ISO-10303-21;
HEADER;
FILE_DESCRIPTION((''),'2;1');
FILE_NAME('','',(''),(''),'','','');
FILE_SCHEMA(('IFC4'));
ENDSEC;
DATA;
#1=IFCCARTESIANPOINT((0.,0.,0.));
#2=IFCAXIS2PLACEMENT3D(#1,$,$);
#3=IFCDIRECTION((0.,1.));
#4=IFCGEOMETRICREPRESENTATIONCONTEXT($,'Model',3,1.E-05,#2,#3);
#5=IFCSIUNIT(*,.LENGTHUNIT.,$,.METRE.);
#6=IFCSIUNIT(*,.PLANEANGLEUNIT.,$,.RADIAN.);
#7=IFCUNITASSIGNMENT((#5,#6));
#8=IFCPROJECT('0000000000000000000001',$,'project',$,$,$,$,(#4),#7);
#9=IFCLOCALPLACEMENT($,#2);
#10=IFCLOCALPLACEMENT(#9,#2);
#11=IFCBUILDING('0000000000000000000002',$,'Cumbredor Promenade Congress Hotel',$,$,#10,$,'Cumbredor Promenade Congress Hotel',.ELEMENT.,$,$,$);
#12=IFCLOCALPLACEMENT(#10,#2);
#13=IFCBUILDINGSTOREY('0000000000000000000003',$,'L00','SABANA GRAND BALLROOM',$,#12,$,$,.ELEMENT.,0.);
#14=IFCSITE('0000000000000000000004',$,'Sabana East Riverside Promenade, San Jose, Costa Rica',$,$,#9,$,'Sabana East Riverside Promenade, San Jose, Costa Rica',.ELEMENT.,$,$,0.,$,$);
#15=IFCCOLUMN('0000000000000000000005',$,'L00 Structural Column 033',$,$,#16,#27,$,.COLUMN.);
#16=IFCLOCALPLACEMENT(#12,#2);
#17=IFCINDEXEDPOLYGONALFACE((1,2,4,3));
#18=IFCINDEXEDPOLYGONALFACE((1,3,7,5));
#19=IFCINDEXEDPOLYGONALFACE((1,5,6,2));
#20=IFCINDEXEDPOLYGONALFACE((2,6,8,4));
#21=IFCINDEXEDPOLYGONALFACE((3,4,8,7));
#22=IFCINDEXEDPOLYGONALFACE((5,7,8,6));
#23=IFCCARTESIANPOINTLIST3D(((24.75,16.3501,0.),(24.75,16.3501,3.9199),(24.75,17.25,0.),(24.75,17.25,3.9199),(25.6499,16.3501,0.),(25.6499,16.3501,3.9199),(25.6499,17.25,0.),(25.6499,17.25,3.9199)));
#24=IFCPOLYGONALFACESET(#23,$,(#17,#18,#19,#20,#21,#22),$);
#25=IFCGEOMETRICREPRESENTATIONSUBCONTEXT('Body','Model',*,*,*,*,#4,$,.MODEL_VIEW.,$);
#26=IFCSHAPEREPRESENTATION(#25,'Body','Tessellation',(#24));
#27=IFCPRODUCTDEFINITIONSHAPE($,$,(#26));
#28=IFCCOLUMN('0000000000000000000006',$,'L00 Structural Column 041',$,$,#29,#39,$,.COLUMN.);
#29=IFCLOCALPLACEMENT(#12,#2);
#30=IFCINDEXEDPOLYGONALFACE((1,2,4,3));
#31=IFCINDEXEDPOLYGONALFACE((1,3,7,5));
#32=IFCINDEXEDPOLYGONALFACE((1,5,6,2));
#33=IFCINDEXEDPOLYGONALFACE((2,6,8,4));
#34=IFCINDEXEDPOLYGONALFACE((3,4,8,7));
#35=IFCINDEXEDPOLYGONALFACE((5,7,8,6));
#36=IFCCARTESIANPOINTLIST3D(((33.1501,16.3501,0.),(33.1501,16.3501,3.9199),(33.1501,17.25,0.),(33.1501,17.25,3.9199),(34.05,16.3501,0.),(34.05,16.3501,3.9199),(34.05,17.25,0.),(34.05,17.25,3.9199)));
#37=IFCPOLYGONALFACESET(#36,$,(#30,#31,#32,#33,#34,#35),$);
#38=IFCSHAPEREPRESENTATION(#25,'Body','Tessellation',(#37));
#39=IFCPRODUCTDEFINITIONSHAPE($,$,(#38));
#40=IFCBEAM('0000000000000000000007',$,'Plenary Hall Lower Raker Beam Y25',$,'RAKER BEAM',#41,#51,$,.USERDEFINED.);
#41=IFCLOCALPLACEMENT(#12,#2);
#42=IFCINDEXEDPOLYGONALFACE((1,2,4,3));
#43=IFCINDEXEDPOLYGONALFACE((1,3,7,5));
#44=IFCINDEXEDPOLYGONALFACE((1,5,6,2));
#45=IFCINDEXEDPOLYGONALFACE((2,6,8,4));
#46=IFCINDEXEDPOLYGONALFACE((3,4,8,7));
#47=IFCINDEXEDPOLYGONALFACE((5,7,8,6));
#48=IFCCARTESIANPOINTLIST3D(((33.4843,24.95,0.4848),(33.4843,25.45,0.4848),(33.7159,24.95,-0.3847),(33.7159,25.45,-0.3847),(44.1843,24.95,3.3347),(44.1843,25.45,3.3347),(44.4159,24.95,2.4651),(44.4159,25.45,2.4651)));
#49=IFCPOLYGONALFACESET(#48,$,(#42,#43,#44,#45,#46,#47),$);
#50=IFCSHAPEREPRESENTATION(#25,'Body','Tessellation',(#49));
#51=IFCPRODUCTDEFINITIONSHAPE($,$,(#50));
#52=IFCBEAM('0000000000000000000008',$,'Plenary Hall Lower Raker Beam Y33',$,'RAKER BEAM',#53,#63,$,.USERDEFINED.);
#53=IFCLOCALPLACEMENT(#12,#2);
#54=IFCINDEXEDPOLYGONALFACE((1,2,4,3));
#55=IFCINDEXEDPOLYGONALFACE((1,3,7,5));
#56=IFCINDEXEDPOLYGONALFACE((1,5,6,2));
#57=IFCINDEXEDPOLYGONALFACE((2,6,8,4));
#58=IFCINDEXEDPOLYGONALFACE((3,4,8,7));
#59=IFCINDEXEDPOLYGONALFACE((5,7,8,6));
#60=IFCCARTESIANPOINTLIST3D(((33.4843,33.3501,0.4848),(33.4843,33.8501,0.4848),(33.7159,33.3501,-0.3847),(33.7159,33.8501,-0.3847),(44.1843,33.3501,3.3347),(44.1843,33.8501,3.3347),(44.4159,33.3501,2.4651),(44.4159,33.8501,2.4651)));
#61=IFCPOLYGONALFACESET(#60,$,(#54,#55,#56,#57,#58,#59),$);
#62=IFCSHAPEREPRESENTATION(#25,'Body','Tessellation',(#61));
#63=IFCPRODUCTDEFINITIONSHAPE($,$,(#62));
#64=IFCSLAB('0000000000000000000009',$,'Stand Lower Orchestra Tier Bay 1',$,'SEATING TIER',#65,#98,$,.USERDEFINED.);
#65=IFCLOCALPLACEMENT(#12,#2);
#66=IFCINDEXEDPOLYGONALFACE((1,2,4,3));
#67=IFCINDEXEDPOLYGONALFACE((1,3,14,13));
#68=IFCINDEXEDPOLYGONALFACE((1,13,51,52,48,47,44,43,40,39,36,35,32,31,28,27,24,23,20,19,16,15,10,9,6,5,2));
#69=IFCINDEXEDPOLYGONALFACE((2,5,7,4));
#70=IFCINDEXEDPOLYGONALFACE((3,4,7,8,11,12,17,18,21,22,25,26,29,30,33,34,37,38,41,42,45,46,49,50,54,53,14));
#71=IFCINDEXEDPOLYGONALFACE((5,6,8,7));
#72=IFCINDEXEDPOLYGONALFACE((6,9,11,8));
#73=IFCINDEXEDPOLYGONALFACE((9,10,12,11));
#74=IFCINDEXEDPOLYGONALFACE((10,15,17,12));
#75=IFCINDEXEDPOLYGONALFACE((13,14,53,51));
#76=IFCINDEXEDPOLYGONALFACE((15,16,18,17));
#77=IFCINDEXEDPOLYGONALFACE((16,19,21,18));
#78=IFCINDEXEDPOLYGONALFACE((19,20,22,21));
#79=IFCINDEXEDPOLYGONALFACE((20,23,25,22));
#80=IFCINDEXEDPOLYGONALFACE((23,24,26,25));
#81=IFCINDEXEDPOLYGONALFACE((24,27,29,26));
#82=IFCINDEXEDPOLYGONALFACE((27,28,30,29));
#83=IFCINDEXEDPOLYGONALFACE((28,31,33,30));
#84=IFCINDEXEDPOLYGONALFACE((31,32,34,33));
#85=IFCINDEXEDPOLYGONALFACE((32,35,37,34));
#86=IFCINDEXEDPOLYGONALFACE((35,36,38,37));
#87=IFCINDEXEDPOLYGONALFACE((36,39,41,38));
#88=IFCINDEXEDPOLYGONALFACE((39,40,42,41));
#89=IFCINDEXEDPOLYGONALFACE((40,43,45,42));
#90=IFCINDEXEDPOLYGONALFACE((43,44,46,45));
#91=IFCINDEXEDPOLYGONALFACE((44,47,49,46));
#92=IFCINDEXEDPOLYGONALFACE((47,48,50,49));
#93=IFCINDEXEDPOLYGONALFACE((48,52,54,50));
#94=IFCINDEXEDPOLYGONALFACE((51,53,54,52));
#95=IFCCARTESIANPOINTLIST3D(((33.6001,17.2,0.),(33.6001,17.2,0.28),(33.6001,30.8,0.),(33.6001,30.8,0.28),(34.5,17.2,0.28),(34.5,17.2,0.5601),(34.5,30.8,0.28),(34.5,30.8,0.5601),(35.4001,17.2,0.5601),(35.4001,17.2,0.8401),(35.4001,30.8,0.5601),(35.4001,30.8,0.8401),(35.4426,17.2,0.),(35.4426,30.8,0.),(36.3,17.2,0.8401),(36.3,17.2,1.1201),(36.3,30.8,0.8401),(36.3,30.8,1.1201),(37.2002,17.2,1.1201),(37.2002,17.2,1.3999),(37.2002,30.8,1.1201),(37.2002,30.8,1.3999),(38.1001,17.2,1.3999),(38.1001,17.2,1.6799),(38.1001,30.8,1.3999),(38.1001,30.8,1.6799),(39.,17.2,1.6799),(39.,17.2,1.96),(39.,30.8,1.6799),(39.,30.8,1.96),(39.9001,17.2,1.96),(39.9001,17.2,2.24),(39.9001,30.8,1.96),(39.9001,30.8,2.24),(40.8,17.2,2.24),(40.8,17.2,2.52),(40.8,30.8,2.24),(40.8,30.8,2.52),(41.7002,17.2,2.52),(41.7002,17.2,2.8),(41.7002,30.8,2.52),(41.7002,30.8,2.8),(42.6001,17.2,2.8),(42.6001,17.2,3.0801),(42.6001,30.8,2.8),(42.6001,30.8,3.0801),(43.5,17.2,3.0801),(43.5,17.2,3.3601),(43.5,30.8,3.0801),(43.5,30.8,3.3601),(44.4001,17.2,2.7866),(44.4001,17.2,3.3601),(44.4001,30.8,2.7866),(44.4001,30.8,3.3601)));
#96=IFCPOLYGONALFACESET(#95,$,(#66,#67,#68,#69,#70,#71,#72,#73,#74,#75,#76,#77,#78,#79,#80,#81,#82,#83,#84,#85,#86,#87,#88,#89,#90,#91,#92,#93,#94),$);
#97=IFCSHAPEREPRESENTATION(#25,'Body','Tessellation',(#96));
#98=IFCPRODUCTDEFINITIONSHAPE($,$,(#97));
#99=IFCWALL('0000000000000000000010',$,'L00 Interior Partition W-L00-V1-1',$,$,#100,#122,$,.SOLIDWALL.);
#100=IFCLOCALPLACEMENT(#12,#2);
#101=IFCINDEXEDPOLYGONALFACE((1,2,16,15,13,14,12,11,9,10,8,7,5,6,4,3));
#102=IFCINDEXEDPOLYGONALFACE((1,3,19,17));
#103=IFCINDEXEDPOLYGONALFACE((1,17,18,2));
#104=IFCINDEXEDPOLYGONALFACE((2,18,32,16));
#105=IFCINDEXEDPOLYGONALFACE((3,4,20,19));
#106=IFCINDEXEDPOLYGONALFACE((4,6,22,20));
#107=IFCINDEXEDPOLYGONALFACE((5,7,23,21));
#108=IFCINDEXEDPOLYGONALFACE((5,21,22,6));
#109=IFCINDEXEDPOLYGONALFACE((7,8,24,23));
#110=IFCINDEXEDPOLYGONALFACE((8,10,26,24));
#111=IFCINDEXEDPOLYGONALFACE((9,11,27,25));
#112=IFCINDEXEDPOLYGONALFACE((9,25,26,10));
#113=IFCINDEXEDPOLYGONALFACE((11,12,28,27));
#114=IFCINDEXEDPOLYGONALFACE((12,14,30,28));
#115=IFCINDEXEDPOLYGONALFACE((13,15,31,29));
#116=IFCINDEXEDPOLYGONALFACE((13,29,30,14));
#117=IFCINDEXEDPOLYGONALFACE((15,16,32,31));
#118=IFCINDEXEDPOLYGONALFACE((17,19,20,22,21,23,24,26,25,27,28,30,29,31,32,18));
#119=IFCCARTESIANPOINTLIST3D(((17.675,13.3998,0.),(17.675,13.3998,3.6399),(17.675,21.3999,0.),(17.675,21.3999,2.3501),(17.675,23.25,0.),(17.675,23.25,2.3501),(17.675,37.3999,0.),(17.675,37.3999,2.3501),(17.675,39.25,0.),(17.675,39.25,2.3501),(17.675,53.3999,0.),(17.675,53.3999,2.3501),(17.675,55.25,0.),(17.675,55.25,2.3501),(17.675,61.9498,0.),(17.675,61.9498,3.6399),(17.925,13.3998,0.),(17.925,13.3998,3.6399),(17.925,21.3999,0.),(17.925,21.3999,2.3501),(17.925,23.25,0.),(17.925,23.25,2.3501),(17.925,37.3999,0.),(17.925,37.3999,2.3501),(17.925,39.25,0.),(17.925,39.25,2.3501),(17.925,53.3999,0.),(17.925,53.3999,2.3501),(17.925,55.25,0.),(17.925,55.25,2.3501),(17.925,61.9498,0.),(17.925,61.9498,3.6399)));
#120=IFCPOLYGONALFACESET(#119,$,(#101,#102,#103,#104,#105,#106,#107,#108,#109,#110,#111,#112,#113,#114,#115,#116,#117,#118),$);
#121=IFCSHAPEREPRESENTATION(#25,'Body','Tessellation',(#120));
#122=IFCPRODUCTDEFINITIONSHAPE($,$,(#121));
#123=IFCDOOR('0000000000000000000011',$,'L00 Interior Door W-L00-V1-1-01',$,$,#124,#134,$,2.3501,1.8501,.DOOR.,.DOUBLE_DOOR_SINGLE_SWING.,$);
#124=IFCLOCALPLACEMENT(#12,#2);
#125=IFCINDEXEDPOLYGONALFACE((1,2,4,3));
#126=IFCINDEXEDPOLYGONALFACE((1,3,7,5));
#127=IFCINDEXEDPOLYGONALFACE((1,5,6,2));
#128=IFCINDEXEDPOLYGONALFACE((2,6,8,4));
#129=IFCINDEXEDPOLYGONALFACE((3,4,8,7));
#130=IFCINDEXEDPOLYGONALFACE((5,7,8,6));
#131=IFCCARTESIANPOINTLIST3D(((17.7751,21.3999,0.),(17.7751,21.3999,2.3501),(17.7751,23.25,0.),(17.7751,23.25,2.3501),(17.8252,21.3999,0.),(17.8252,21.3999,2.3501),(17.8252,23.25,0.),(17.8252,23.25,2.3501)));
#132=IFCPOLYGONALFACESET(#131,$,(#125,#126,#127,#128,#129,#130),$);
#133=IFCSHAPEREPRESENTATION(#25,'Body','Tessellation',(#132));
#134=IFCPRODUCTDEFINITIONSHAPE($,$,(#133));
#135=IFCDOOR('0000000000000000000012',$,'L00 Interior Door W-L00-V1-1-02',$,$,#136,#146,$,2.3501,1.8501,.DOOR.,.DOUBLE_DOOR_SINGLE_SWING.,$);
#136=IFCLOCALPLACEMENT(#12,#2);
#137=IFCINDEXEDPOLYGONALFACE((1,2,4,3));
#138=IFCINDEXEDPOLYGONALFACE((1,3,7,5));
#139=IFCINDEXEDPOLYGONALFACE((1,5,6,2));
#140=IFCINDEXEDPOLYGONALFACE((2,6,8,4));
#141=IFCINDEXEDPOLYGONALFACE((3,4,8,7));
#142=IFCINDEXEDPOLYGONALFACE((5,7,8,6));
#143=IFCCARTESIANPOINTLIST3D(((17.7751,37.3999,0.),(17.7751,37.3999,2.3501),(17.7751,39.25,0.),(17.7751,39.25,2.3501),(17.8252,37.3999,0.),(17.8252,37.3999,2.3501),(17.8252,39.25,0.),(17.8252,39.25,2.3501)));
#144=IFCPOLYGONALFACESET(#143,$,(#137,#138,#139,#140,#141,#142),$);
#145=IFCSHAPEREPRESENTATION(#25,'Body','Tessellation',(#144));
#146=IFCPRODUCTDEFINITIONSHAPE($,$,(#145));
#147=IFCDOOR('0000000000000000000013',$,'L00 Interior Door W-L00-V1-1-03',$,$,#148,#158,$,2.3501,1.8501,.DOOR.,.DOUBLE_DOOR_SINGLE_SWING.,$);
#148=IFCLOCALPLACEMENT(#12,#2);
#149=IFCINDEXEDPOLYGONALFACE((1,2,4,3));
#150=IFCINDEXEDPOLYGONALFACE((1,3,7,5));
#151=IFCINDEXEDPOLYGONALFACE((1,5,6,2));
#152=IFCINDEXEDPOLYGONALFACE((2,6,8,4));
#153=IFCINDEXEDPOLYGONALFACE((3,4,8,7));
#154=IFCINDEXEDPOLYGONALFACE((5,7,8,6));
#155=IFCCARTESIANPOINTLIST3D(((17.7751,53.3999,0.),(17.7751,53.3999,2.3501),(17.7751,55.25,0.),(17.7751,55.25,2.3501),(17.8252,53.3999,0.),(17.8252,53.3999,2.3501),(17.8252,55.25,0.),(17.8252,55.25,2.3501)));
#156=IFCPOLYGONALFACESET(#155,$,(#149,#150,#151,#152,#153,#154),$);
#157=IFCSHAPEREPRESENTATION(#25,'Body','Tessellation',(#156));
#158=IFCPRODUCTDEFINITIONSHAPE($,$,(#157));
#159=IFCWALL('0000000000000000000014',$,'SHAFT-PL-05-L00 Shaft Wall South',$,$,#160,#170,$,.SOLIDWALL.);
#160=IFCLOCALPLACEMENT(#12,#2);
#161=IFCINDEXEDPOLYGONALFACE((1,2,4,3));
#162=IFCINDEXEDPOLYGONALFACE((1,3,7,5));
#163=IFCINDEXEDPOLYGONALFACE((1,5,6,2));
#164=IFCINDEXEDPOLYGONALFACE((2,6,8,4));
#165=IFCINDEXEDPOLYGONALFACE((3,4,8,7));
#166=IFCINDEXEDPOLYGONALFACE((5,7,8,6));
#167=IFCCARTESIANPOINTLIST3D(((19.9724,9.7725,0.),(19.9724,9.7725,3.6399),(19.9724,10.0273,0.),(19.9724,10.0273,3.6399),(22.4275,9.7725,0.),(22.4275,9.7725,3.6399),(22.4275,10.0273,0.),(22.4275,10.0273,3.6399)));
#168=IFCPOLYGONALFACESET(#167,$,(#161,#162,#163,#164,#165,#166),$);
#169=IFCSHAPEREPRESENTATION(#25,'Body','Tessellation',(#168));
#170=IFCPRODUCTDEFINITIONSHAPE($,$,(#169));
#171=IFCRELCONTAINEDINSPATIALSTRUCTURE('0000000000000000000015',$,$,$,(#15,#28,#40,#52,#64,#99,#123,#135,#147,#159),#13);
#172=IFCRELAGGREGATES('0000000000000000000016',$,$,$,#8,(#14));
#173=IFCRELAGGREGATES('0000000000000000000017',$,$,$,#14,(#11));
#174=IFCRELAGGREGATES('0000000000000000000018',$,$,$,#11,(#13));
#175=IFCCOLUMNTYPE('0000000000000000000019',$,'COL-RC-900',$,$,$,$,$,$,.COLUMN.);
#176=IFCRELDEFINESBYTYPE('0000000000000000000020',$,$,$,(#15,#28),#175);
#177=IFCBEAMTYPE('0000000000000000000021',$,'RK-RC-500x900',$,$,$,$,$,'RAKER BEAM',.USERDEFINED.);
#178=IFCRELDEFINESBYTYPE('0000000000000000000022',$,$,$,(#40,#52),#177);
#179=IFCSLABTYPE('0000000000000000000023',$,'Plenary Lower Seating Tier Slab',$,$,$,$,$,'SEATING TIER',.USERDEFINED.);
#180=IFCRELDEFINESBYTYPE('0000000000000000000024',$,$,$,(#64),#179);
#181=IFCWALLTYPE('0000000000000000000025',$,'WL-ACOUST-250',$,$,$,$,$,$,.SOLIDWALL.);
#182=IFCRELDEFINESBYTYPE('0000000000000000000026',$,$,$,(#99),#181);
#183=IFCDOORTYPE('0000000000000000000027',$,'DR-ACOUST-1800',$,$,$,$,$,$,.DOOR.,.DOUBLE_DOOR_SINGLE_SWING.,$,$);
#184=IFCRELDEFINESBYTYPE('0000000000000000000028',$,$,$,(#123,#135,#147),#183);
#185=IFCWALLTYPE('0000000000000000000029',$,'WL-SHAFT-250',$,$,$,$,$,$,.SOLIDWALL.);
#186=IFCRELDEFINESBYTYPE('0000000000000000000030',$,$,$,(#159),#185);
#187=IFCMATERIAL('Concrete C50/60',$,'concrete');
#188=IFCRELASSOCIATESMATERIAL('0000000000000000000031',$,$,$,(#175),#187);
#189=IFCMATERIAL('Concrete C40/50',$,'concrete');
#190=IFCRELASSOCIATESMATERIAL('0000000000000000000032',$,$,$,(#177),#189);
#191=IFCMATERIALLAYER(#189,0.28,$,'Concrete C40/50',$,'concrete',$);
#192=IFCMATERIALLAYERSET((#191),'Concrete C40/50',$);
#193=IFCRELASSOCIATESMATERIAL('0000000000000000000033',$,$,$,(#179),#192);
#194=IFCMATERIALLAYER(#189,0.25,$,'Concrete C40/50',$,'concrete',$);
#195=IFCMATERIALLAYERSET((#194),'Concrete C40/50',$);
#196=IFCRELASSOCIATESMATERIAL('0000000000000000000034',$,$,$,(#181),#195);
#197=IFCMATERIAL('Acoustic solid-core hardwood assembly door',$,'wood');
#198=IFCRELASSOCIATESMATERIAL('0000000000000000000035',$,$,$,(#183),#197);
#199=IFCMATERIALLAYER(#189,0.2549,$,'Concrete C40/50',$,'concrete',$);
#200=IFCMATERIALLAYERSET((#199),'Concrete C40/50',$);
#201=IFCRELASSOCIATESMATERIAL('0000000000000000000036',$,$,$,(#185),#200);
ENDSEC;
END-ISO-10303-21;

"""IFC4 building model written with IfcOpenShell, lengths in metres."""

from ifc_helpers import new_model, si_unit, direction, frame, frame_2d, origin, origin_2d, place, context, subcontext, project, spatial, polyline, rectangle, outline, extrude, material, layer, layer_set, material_profile, profile_set, type_object, element, fill, save


model = new_model("IFC4")

# Units and contexts
model_context = context("Model", 3, precision=1e-05, world=origin(), true_north=direction((0.0, 1.0)))
body_context = subcontext(model_context, "Body", "Model", "MODEL_VIEW")
ifc_project = project(units=[si_unit("LENGTHUNIT", "METRE"), si_unit("PLANEANGLEUNIT", "RADIAN")], contexts=[model_context])

# Site, building, storey
site_placement = place(None, origin())
site = spatial("IfcSite", under=ifc_project, at=site_placement, Name="Sabana East Riverside Promenade, San Jose, Costa Rica", LongName="Sabana East Riverside Promenade, San Jose, Costa Rica", CompositionType="ELEMENT", RefElevation=0.0)
building_placement = place(site_placement, origin())
building = spatial("IfcBuilding", under=site, at=building_placement, Name="Cumbredor Promenade Congress Hotel", LongName="Cumbredor Promenade Congress Hotel", CompositionType="ELEMENT")
storey_placement = place(building_placement, origin())
storey = spatial("IfcBuildingStorey", under=building, at=storey_placement, Name="L00", Description="SABANA GRAND BALLROOM", CompositionType="ELEMENT", Elevation=0.0)

# Columns
ifc_material_1 = material(Name="Concrete C50/60", Category="concrete")
ifc_material_profile_1 = material_profile(ifc_material_1, rectangle(XDim=0.8999, YDim=0.8999, at=origin_2d()), Name="RC 900x900")
ifc_profile_set_1 = profile_set([ifc_material_profile_1], Name="Concrete C50/60")
column_type = type_object("IfcColumnType", Name="COL-RC-900", PredefinedType="COLUMN", material=ifc_profile_set_1)
for number, where, z_axis, x_axis, name in (
    (1, (25.2, 16.8, 0.0), (0.0, 0.0, 1.0), (1.0, 0.0, 0.0), "L00 Structural Column 033"),
    (2, (33.6001, 16.8, 0.0), (0.0, 0.0, 1.0), (1.0, 0.0, 0.0), "L00 Structural Column 041"),
):
    element("IfcColumn", number, at=place(storey_placement, frame(where, z_axis=z_axis, x_axis=x_axis)), inside=storey, type_object=column_type, Name=name, PredefinedType="COLUMN", context=body_context, shape_type="SweptSolid", body=[
        extrude(rectangle(XDim=0.8999, YDim=0.8999, at=origin_2d()), origin(), (0.0, 0.0, 1.0), 3.9199),
    ])

# Beams
ifc_material_2 = material(Name="Concrete C40/50", Category="concrete")
ifc_material_profile_2 = material_profile(ifc_material_2, rectangle(XDim=0.5, YDim=0.8999, at=origin_2d()), Name="RC RAKER 500x900")
ifc_profile_set_2 = profile_set([ifc_material_profile_2], Name="Concrete C40/50")
beam_type = type_object("IfcBeamType", Name="RK-RC-500x900", ElementType="RAKER BEAM", PredefinedType="USERDEFINED", material=ifc_profile_set_2)
for number, where, z_axis, x_axis, name in (
    (3, (33.6001, 25.2, 0.05), (0.966313, 0.0, 0.25737), (0.0, 1.0, 0.0), "Plenary Hall Lower Raker Beam Y25"),
    (4, (33.6001, 33.6001, 0.05), (0.966313, 0.0, 0.25737), (0.0, 1.0, 0.0), "Plenary Hall Lower Raker Beam Y33"),
):
    element("IfcBeam", number, at=place(storey_placement, frame(where, z_axis=z_axis, x_axis=x_axis)), inside=storey, type_object=beam_type, Name=name, ObjectType="RAKER BEAM", PredefinedType="USERDEFINED", context=body_context, shape_type="SweptSolid", body=[
        extrude(rectangle(XDim=0.5, YDim=0.8999, at=origin_2d()), origin(), (0.0, 0.0, 1.0), 11.073),
    ])

# Slab
ifc_layer_1 = layer(ifc_material_2, 0.28, Name="Concrete C40/50", Category="concrete")
ifc_layer_set_1 = layer_set([ifc_layer_1], Name="Concrete C40/50")
slab_type = type_object("IfcSlabType", Name="Plenary Lower Seating Tier Slab", ElementType="SEATING TIER", PredefinedType="USERDEFINED", material=ifc_layer_set_1)
slab_placement = place(storey_placement, frame((33.6001, 24.0, 0.0), z_axis=(0.0, 0.0, 1.0), x_axis=(1.0, 0.0, 0.0)))
element("IfcSlab", 5, at=slab_placement, inside=storey, type_object=slab_type, Name="Stand Lower Orchestra Tier Bay 1", ObjectType="SEATING TIER", PredefinedType="USERDEFINED", context=body_context, shape_type="SweptSolid", body=[
    extrude(outline(polyline([(0.0, 0.0), (0.0, 0.28), (0.8999, 0.28), (0.8999, 0.5601), (1.8, 0.5601), (1.8, 0.8401), (2.7, 0.8401), (2.7, 1.1201), (3.6001, 1.1201), (3.6001, 1.3999), (4.5, 1.3999), (4.5, 1.6799), (5.3999, 1.6799), (5.3999, 1.96), (6.3, 1.96), (6.3, 2.24), (7.2, 2.24), (7.2, 2.52), (8.1001, 2.52), (8.1001, 2.8), (9.0, 2.8), (9.0, 3.0801), (9.8999, 3.0801), (9.8999, 3.3601), (10.8, 3.3601), (10.8, 2.7866), (1.8425, 0.0), (0.0, 0.0)])), frame((0.0, 6.8, 0.0), z_axis=(0.0, -1.0, 0.0), x_axis=(1.0, 0.0, 0.0)), (0.0, 0.0, 1.0), 13.6001),
])

# Wall, openings, doors
ifc_layer_2 = layer(ifc_material_2, 0.25, Name="Concrete C40/50", Category="concrete")
ifc_layer_set_2 = layer_set([ifc_layer_2], Name="Concrete C40/50")
wall_type_1 = type_object("IfcWallType", Name="WL-ACOUST-250", PredefinedType="SOLIDWALL", material=ifc_layer_set_2)
wall_1_placement = place(storey_placement, frame((17.8, 13.3999, 0.0), z_axis=(0.0, 0.0, 1.0), x_axis=(0.0, 1.0, 0.0)))
wall_1 = element("IfcWall", 6, at=wall_1_placement, inside=storey, type_object=wall_type_1, Name="L00 Interior Partition W-L00-V1-1", PredefinedType="SOLIDWALL", context=body_context, shape_type="SweptSolid", body=[
    extrude(rectangle(XDim=48.55, YDim=0.25, at=frame_2d((24.2749, 0.0))), origin(), (0.0, 0.0, 1.0), 3.6399),
])
opening_1_placement = place(wall_1_placement, frame((8.0, 0.0, 0.0)))
opening_1 = element("IfcOpeningElement", 7, at=opening_1_placement, cuts=wall_1, PredefinedType="OPENING", context=body_context, shape_type="SweptSolid", body=[
    extrude(rectangle(XDim=1.8501, YDim=2.3501, at=frame_2d((0.925, 1.175))), frame((0.0, 0.135, 0.0), z_axis=(0.0, -1.0, 0.0), x_axis=(1.0, 0.0, 0.0)), (0.0, 0.0, 1.0), 0.27),
])
opening_2_placement = place(wall_1_placement, frame((24.0, 0.0, 0.0)))
opening_2 = element("IfcOpeningElement", 8, at=opening_2_placement, cuts=wall_1, PredefinedType="OPENING", context=body_context, shape_type="SweptSolid", body=[
    extrude(rectangle(XDim=1.8501, YDim=2.3501, at=frame_2d((0.925, 1.175))), frame((0.0, 0.135, 0.0), z_axis=(0.0, -1.0, 0.0), x_axis=(1.0, 0.0, 0.0)), (0.0, 0.0, 1.0), 0.27),
])
opening_3_placement = place(wall_1_placement, frame((40.0, 0.0, 0.0)))
opening_3 = element("IfcOpeningElement", 9, at=opening_3_placement, cuts=wall_1, PredefinedType="OPENING", context=body_context, shape_type="SweptSolid", body=[
    extrude(rectangle(XDim=1.8501, YDim=2.3501, at=frame_2d((0.925, 1.175))), frame((0.0, 0.135, 0.0), z_axis=(0.0, -1.0, 0.0), x_axis=(1.0, 0.0, 0.0)), (0.0, 0.0, 1.0), 0.27),
])
ifc_material_3 = material(Name="Acoustic solid-core hardwood assembly door", Category="wood")
door_type_1 = type_object("IfcDoorType", Name="DR-ACOUST-1800", OperationType="DOUBLE_DOOR_SINGLE_SWING", PredefinedType="DOOR", material=ifc_material_3)
door_1_placement = place(opening_1_placement, origin())
door_1 = element("IfcDoor", 10, at=door_1_placement, inside=storey, type_object=door_type_1, Name="L00 Interior Door W-L00-V1-1-01", OperationType="DOUBLE_DOOR_SINGLE_SWING", OverallHeight=2.3501, OverallWidth=1.8501, PredefinedType="DOOR", context=body_context, shape_type="SweptSolid", body=[
    extrude(rectangle(XDim=1.8501, YDim=2.3501, at=frame_2d((0.925, 1.175))), frame((0.0, 0.0249, 0.0), z_axis=(0.0, -1.0, 0.0), x_axis=(1.0, 0.0, 0.0)), (0.0, 0.0, 1.0), 0.05),
])
fill(opening_1, door_1)
door_2_placement = place(opening_2_placement, origin())
door_2 = element("IfcDoor", 11, at=door_2_placement, inside=storey, type_object=door_type_1, Name="L00 Interior Door W-L00-V1-1-02", OperationType="DOUBLE_DOOR_SINGLE_SWING", OverallHeight=2.3501, OverallWidth=1.8501, PredefinedType="DOOR", context=body_context, shape_type="SweptSolid", body=[
    extrude(rectangle(XDim=1.8501, YDim=2.3501, at=frame_2d((0.925, 1.175))), frame((0.0, 0.0249, 0.0), z_axis=(0.0, -1.0, 0.0), x_axis=(1.0, 0.0, 0.0)), (0.0, 0.0, 1.0), 0.05),
])
fill(opening_2, door_2)
door_3_placement = place(opening_3_placement, origin())
door_3 = element("IfcDoor", 12, at=door_3_placement, inside=storey, type_object=door_type_1, Name="L00 Interior Door W-L00-V1-1-03", OperationType="DOUBLE_DOOR_SINGLE_SWING", OverallHeight=2.3501, OverallWidth=1.8501, PredefinedType="DOOR", context=body_context, shape_type="SweptSolid", body=[
    extrude(rectangle(XDim=1.8501, YDim=2.3501, at=frame_2d((0.925, 1.175))), frame((0.0, 0.0249, 0.0), z_axis=(0.0, -1.0, 0.0), x_axis=(1.0, 0.0, 0.0)), (0.0, 0.0, 1.0), 0.05),
])
fill(opening_3, door_3)

# Wall
ifc_layer_3 = layer(ifc_material_2, 0.2549, Name="Concrete C40/50", Category="concrete")
ifc_layer_set_3 = layer_set([ifc_layer_3], Name="Concrete C40/50")
wall_type_2 = type_object("IfcWallType", Name="WL-SHAFT-250", PredefinedType="SOLIDWALL", material=ifc_layer_set_3)
wall_2_placement = place(storey_placement, frame((19.9724, 9.8999, 0.0), z_axis=(0.0, 0.0, 1.0), x_axis=(1.0, 0.0, 0.0)))
element("IfcWall", 13, at=wall_2_placement, inside=storey, type_object=wall_type_2, Name="SHAFT-PL-05-L00 Shaft Wall South", PredefinedType="SOLIDWALL", context=body_context, shape_type="SweptSolid", body=[
    extrude(rectangle(XDim=2.4551, YDim=0.2549, at=frame_2d((1.2275, 0.0))), origin(), (0.0, 0.0, 1.0), 3.6399),
])

save(model, "model.ifc")
